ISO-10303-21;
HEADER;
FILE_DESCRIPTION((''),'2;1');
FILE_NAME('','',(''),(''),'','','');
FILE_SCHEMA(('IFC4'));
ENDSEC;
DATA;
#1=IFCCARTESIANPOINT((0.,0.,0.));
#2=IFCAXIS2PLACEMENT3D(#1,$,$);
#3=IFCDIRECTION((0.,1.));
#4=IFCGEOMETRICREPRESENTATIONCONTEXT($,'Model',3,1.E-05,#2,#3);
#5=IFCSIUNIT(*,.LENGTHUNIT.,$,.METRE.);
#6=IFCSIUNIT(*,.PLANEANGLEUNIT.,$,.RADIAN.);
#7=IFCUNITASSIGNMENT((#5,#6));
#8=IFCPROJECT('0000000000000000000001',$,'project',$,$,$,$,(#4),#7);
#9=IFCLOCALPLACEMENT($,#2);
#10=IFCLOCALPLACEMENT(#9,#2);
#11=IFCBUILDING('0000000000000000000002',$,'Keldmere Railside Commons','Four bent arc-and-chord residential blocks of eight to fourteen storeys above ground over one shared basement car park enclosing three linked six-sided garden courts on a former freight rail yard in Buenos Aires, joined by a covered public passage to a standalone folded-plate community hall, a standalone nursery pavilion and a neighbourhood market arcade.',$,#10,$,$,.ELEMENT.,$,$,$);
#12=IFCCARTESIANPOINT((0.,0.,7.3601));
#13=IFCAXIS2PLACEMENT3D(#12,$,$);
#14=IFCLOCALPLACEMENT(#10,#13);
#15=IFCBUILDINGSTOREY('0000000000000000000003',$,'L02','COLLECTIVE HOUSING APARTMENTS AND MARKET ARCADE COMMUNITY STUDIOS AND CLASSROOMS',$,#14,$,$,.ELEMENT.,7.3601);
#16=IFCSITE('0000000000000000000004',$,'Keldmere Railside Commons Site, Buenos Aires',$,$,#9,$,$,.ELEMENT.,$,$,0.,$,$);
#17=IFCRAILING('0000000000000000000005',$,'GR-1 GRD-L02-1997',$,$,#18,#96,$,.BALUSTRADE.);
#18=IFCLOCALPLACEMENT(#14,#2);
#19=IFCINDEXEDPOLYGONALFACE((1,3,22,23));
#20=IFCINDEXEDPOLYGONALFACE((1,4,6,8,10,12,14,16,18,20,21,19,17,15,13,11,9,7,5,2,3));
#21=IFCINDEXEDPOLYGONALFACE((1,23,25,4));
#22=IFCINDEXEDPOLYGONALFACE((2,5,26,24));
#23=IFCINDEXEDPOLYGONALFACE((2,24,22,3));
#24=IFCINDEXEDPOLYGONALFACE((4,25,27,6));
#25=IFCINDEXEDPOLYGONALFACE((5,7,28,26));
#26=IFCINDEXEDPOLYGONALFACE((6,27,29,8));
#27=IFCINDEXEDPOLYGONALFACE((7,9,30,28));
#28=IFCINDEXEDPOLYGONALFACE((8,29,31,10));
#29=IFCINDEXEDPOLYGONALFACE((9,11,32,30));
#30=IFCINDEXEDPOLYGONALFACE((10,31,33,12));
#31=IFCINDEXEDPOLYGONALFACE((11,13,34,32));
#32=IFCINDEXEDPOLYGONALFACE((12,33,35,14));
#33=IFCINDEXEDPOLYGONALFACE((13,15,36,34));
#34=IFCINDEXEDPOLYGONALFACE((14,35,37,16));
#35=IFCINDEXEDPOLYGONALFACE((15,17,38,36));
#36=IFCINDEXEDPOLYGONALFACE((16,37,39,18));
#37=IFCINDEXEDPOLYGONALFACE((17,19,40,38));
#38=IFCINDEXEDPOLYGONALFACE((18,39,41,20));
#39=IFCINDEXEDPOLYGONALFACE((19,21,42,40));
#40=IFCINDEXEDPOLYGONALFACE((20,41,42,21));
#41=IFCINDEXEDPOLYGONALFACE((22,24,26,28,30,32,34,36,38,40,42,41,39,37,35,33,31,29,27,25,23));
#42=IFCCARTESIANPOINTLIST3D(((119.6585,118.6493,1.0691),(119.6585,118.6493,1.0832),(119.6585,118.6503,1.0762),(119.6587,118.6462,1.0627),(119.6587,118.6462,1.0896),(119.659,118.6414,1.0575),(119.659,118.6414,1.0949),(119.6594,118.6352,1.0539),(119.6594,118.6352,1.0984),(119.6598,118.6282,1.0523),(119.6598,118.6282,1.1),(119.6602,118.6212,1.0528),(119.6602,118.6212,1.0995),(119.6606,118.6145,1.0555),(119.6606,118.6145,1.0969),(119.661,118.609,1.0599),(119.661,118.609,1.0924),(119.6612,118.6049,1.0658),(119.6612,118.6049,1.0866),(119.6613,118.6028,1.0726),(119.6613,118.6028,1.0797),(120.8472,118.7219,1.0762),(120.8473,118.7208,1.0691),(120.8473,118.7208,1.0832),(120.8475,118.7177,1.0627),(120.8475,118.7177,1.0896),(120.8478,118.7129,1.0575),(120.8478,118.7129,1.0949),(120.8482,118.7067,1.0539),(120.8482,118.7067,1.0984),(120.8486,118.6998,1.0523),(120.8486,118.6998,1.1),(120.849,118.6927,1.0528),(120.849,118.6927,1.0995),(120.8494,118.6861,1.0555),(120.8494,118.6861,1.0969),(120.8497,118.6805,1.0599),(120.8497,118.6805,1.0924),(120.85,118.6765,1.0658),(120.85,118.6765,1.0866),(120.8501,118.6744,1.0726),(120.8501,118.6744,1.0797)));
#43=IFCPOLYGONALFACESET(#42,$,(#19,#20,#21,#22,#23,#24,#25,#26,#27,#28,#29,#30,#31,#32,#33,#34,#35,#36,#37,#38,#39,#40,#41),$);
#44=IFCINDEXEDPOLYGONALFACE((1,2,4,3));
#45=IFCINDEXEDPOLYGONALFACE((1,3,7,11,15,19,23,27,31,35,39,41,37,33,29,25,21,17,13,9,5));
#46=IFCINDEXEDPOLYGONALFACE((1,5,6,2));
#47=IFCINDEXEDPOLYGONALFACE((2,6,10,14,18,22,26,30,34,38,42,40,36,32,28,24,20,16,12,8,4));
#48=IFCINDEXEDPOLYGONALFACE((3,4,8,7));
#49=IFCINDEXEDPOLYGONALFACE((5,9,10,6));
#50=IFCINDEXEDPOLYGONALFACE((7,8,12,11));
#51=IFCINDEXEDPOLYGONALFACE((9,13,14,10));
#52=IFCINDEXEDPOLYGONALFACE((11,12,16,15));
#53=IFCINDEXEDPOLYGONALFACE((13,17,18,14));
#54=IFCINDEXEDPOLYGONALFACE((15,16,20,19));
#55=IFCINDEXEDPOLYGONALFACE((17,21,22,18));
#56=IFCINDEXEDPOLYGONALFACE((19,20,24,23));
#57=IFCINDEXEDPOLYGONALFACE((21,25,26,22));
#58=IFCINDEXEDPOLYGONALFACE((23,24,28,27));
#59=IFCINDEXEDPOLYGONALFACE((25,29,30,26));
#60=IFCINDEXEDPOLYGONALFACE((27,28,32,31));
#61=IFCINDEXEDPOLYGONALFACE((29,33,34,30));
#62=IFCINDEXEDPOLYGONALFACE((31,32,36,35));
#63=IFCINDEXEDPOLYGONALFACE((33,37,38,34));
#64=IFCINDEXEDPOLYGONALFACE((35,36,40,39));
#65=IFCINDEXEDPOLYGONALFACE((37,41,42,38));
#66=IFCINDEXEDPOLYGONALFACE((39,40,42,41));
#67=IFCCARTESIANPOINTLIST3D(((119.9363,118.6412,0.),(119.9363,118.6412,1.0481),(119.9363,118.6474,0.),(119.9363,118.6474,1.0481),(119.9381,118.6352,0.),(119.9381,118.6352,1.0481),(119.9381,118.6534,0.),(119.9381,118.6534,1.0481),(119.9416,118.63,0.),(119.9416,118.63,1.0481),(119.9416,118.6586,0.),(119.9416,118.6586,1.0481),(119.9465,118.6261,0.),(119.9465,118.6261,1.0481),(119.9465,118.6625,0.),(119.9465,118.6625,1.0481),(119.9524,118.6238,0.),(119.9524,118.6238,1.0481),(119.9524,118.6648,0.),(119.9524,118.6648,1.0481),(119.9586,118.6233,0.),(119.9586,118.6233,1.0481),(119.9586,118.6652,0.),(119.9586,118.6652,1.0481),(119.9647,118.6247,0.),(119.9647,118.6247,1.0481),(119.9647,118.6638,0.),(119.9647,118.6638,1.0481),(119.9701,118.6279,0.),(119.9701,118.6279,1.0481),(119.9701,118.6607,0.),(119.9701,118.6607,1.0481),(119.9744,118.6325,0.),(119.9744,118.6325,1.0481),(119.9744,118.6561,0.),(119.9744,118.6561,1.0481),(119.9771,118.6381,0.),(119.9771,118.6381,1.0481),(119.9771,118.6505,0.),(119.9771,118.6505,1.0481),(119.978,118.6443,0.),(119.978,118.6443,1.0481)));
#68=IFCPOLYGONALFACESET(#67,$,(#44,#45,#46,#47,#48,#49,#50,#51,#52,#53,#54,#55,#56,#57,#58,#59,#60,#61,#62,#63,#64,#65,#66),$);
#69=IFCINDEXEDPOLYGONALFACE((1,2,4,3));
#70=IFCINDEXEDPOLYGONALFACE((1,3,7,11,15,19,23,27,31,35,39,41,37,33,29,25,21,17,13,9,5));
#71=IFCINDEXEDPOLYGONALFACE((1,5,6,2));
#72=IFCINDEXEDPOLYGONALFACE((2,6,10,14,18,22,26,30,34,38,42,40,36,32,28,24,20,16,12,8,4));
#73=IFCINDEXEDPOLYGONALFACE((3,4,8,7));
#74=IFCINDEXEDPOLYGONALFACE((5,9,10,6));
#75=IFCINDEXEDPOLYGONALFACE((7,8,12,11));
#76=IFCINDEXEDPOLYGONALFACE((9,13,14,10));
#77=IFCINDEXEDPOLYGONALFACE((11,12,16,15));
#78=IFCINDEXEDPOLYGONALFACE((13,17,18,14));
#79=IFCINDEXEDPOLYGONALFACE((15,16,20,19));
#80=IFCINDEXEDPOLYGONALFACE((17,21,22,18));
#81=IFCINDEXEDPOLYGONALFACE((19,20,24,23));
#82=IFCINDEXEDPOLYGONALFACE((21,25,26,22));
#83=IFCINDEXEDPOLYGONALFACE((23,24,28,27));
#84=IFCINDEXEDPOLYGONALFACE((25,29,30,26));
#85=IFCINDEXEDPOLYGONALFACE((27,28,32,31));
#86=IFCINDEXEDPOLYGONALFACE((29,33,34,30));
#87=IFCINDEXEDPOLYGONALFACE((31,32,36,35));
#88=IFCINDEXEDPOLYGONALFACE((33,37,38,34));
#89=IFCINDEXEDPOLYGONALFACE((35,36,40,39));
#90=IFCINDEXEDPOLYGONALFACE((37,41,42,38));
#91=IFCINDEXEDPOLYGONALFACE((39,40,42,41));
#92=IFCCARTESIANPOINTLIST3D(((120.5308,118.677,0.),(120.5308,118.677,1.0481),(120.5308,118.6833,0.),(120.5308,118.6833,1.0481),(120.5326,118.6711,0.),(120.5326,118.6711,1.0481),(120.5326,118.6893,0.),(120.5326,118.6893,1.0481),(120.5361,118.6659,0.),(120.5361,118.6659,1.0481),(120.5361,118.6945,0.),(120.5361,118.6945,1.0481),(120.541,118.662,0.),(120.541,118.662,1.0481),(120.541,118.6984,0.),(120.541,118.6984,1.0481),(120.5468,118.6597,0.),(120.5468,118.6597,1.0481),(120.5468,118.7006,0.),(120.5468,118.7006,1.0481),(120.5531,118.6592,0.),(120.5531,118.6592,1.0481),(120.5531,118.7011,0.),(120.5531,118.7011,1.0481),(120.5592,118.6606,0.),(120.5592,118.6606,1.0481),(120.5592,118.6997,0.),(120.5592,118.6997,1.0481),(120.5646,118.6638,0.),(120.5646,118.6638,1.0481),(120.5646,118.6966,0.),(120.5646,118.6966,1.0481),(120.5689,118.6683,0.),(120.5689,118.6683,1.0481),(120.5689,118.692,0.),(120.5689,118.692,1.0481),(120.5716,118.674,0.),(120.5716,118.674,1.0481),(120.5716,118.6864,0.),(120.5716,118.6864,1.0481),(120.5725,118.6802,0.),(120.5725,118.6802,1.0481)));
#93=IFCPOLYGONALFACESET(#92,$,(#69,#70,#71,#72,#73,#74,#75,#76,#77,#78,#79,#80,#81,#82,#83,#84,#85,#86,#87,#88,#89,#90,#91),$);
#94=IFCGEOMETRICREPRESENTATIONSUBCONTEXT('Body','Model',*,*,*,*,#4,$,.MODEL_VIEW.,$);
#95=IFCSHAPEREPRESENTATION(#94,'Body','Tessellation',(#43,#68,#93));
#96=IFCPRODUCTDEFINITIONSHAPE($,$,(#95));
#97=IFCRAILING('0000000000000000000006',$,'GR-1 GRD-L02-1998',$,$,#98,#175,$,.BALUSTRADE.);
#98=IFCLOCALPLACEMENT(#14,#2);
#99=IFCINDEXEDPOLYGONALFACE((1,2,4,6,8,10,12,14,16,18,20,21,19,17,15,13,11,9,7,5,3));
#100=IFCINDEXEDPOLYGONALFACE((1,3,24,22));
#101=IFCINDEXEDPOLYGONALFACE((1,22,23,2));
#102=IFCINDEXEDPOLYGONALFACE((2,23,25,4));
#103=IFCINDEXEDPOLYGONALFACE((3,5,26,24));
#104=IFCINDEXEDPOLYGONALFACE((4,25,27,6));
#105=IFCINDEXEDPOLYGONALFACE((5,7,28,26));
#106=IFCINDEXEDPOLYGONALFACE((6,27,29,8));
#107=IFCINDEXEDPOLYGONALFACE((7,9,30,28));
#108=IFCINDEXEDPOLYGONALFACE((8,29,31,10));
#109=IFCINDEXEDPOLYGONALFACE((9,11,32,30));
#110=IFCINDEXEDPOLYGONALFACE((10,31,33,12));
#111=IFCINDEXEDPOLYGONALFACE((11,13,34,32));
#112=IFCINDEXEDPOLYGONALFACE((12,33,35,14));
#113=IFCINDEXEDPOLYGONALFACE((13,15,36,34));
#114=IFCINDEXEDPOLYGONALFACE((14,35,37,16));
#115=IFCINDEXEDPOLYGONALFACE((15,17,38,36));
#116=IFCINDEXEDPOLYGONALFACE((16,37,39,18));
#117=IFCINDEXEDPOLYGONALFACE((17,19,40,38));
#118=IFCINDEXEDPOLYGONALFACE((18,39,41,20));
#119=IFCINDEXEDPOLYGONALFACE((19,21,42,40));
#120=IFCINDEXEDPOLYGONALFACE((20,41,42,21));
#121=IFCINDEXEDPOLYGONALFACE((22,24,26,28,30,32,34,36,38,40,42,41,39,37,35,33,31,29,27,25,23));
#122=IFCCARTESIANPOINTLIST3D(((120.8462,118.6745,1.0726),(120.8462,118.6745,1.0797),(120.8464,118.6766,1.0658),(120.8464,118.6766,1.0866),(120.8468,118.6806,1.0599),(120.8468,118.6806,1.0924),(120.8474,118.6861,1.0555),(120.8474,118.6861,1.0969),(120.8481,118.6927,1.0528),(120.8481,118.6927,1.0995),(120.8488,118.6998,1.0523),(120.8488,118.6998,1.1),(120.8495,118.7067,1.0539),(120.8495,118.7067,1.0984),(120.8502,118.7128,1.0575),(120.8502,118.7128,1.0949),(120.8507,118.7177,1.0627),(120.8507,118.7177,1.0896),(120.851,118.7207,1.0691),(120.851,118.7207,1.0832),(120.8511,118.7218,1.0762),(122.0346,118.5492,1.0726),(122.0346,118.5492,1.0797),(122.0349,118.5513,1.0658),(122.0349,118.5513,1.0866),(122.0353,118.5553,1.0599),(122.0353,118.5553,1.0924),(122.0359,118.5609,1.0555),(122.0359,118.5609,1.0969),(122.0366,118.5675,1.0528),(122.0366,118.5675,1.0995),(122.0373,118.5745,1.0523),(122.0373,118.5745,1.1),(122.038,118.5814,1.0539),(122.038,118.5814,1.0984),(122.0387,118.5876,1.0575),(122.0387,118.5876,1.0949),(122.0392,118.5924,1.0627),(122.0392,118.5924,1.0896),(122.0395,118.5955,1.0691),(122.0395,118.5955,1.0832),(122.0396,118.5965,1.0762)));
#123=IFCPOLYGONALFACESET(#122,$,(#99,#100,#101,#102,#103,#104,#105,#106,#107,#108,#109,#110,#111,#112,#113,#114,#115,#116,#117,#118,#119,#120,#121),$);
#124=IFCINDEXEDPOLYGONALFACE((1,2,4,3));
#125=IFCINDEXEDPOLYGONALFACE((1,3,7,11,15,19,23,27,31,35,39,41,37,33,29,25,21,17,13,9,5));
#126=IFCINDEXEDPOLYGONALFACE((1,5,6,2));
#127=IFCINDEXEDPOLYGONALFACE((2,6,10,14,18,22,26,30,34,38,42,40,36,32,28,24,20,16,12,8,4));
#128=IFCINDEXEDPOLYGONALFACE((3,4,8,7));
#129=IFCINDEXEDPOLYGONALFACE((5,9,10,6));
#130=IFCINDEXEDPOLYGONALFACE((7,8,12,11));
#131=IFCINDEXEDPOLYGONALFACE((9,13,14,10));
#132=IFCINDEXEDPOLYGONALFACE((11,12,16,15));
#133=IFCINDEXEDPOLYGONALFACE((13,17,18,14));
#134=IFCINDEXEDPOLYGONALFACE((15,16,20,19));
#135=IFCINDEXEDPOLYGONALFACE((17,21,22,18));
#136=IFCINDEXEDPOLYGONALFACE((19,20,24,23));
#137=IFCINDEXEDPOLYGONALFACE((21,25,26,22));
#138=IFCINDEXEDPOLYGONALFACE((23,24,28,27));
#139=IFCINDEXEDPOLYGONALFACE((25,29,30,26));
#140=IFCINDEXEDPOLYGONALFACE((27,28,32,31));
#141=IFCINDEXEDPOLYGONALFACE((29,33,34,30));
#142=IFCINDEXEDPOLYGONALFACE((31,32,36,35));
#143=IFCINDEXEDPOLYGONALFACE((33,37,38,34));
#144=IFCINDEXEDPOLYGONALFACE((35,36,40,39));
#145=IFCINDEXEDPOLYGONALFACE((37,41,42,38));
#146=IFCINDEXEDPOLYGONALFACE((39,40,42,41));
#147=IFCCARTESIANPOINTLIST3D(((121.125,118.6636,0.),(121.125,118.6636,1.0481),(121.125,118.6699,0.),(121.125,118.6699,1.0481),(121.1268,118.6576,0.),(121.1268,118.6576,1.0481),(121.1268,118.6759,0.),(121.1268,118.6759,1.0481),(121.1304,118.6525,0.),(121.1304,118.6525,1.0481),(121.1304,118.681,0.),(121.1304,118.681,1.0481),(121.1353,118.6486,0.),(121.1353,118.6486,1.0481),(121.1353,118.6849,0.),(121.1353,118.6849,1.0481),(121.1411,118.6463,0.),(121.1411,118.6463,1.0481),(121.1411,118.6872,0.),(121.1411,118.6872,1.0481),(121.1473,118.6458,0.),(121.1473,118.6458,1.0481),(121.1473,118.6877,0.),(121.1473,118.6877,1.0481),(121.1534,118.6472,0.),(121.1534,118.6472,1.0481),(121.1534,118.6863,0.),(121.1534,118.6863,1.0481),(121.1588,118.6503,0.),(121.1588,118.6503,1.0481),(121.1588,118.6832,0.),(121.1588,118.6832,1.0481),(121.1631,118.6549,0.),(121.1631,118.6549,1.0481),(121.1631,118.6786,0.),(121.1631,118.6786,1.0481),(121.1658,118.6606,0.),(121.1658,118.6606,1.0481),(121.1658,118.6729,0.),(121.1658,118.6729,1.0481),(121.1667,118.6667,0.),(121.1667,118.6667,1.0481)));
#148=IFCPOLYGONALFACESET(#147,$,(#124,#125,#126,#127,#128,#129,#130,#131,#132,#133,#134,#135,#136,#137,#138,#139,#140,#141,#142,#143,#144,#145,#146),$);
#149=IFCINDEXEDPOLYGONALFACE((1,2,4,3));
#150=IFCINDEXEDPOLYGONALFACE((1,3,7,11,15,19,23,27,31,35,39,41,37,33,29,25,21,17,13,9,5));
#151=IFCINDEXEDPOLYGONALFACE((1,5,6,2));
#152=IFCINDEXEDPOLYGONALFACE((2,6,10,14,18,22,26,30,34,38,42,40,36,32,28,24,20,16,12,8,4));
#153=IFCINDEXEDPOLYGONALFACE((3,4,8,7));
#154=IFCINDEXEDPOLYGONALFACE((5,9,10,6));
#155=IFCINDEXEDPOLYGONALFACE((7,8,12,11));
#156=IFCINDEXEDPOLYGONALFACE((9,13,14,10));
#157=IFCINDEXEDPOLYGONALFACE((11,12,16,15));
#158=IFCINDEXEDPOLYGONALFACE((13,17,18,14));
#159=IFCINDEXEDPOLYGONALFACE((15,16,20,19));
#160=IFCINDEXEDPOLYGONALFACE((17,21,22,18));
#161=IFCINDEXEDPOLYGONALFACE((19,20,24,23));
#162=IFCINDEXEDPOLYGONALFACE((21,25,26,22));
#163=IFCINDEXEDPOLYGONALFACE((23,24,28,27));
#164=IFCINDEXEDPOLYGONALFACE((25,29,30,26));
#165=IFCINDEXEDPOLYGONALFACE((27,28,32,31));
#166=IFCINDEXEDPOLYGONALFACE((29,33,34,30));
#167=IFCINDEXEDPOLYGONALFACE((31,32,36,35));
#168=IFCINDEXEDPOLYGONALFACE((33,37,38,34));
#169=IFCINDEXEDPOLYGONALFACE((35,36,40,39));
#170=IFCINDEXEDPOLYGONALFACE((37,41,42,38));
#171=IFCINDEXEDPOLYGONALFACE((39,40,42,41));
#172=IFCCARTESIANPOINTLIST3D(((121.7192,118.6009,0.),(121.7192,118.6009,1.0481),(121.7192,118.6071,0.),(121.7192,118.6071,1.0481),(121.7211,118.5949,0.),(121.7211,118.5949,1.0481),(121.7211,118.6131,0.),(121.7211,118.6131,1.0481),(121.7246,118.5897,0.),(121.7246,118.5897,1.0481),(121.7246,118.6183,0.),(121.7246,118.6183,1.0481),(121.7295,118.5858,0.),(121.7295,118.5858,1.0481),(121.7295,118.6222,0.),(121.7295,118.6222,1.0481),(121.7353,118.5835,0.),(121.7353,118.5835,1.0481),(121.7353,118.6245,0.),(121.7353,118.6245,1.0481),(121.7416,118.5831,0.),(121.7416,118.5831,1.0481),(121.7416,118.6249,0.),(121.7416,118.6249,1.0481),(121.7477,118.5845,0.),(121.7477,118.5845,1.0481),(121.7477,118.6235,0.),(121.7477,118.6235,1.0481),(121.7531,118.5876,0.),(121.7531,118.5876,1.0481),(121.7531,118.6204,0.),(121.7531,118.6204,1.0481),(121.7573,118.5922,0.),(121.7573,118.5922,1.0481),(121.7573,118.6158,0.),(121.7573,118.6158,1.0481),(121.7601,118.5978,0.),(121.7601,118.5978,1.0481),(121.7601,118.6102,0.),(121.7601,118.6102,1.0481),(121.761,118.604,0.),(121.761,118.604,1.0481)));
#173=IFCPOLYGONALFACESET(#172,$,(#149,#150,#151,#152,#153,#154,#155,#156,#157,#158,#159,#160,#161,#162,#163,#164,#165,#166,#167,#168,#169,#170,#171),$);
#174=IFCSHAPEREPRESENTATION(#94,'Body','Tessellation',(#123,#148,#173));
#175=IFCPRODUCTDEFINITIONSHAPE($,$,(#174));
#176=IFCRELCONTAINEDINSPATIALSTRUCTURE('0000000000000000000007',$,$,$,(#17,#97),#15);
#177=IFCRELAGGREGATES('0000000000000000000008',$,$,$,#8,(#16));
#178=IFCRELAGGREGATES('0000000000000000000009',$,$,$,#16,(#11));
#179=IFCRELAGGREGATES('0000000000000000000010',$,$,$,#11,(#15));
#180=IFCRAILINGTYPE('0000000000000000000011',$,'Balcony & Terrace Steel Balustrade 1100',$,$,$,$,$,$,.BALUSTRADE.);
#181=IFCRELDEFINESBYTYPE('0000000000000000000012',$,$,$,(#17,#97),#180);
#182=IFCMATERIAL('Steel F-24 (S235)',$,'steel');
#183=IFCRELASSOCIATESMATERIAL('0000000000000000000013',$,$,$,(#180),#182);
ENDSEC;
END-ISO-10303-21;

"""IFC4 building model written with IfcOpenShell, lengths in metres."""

from ifc_helpers import new_model, si_unit, direction, frame, origin, origin_2d, place, context, subcontext, project, spatial, circle, extrude, material, type_object, element, save


model = new_model("IFC4")

# Units and contexts
model_context = context("Model", 3, precision=1e-05, world=origin(), true_north=direction((0.0, 1.0)))
body_context = subcontext(model_context, "Body", "Model", "MODEL_VIEW")
ifc_project = project(units=[si_unit("LENGTHUNIT", "METRE"), si_unit("PLANEANGLEUNIT", "RADIAN")], contexts=[model_context])

# Site, building, storey
site_placement = place(None, origin())
site = spatial("IfcSite", under=ifc_project, at=site_placement, Name="Keldmere Railside Commons Site, Buenos Aires", CompositionType="ELEMENT", RefElevation=0.0)
building_placement = place(site_placement, origin())
building = spatial("IfcBuilding", under=site, at=building_placement, Name="Keldmere Railside Commons", Description="Four bent arc-and-chord residential blocks of eight to fourteen storeys above ground over one shared basement car park enclosing three linked six-sided garden courts on a former freight rail yard in Buenos Aires, joined by a covered public passage to a standalone folded-plate community hall, a standalone nursery pavilion and a neighbourhood market arcade.", CompositionType="ELEMENT")
storey_placement = place(building_placement, frame((0.0, 0.0, 7.3601)))
storey = spatial("IfcBuildingStorey", under=building, at=storey_placement, Name="L02", Description="COLLECTIVE HOUSING APARTMENTS AND MARKET ARCADE COMMUNITY STUDIOS AND CLASSROOMS", CompositionType="ELEMENT", Elevation=7.3601)

# Railings
ifc_material_1 = material(Name="Steel F-24 (S235)", Category="steel")
railing_type = type_object("IfcRailingType", Name="Balcony & Terrace Steel Balustrade 1100", PredefinedType="BALUSTRADE", material=ifc_material_1)
railing_1_placement = place(storey_placement, frame((119.6599, 118.6265, 0.0)))
element("IfcRailing", 1, at=railing_1_placement, inside=storey, type_object=railing_type, Name="GR-1 GRD-L02-1997", PredefinedType="BALUSTRADE", context=body_context, shape_type="SweptSolid", body=[
    extrude(circle(Radius=0.0239, at=origin_2d()), frame((0.0, 0.0, 1.0762), z_axis=(0.998194, 0.060068, 0.0), x_axis=(-0.060068, 0.998194, 0.0)), (0.0, 0.0, 1.0), 1.1909),
    extrude(circle(Radius=0.021, at=origin_2d()), frame((0.2971, 0.0178, 0.0)), (0.0, 0.0, 1.0), 1.0481),
    extrude(circle(Radius=0.021, at=origin_2d()), frame((0.8916, 0.0537, 0.0)), (0.0, 0.0, 1.0), 1.0481),
])
railing_2_placement = place(storey_placement, frame((120.8486, 118.698, 0.0)))
element("IfcRailing", 2, at=railing_2_placement, inside=storey, type_object=railing_type, Name="GR-1 GRD-L02-1998", PredefinedType="BALUSTRADE", context=body_context, shape_type="SweptSolid", body=[
    extrude(circle(Radius=0.0239, at=origin_2d()), frame((0.0, 0.0, 1.0762), z_axis=(0.994493, -0.104802, 0.0), x_axis=(0.104802, 0.994493, 0.0)), (0.0, 0.0, 1.0), 1.1951),
    extrude(circle(Radius=0.021, at=origin_2d()), frame((0.2971, -0.0312, 0.0)), (0.0, 0.0, 1.0), 1.0481),
    extrude(circle(Radius=0.021, at=origin_2d()), frame((0.8914, -0.094, 0.0)), (0.0, 0.0, 1.0), 1.0481),
])

save(model, "model.ifc")
